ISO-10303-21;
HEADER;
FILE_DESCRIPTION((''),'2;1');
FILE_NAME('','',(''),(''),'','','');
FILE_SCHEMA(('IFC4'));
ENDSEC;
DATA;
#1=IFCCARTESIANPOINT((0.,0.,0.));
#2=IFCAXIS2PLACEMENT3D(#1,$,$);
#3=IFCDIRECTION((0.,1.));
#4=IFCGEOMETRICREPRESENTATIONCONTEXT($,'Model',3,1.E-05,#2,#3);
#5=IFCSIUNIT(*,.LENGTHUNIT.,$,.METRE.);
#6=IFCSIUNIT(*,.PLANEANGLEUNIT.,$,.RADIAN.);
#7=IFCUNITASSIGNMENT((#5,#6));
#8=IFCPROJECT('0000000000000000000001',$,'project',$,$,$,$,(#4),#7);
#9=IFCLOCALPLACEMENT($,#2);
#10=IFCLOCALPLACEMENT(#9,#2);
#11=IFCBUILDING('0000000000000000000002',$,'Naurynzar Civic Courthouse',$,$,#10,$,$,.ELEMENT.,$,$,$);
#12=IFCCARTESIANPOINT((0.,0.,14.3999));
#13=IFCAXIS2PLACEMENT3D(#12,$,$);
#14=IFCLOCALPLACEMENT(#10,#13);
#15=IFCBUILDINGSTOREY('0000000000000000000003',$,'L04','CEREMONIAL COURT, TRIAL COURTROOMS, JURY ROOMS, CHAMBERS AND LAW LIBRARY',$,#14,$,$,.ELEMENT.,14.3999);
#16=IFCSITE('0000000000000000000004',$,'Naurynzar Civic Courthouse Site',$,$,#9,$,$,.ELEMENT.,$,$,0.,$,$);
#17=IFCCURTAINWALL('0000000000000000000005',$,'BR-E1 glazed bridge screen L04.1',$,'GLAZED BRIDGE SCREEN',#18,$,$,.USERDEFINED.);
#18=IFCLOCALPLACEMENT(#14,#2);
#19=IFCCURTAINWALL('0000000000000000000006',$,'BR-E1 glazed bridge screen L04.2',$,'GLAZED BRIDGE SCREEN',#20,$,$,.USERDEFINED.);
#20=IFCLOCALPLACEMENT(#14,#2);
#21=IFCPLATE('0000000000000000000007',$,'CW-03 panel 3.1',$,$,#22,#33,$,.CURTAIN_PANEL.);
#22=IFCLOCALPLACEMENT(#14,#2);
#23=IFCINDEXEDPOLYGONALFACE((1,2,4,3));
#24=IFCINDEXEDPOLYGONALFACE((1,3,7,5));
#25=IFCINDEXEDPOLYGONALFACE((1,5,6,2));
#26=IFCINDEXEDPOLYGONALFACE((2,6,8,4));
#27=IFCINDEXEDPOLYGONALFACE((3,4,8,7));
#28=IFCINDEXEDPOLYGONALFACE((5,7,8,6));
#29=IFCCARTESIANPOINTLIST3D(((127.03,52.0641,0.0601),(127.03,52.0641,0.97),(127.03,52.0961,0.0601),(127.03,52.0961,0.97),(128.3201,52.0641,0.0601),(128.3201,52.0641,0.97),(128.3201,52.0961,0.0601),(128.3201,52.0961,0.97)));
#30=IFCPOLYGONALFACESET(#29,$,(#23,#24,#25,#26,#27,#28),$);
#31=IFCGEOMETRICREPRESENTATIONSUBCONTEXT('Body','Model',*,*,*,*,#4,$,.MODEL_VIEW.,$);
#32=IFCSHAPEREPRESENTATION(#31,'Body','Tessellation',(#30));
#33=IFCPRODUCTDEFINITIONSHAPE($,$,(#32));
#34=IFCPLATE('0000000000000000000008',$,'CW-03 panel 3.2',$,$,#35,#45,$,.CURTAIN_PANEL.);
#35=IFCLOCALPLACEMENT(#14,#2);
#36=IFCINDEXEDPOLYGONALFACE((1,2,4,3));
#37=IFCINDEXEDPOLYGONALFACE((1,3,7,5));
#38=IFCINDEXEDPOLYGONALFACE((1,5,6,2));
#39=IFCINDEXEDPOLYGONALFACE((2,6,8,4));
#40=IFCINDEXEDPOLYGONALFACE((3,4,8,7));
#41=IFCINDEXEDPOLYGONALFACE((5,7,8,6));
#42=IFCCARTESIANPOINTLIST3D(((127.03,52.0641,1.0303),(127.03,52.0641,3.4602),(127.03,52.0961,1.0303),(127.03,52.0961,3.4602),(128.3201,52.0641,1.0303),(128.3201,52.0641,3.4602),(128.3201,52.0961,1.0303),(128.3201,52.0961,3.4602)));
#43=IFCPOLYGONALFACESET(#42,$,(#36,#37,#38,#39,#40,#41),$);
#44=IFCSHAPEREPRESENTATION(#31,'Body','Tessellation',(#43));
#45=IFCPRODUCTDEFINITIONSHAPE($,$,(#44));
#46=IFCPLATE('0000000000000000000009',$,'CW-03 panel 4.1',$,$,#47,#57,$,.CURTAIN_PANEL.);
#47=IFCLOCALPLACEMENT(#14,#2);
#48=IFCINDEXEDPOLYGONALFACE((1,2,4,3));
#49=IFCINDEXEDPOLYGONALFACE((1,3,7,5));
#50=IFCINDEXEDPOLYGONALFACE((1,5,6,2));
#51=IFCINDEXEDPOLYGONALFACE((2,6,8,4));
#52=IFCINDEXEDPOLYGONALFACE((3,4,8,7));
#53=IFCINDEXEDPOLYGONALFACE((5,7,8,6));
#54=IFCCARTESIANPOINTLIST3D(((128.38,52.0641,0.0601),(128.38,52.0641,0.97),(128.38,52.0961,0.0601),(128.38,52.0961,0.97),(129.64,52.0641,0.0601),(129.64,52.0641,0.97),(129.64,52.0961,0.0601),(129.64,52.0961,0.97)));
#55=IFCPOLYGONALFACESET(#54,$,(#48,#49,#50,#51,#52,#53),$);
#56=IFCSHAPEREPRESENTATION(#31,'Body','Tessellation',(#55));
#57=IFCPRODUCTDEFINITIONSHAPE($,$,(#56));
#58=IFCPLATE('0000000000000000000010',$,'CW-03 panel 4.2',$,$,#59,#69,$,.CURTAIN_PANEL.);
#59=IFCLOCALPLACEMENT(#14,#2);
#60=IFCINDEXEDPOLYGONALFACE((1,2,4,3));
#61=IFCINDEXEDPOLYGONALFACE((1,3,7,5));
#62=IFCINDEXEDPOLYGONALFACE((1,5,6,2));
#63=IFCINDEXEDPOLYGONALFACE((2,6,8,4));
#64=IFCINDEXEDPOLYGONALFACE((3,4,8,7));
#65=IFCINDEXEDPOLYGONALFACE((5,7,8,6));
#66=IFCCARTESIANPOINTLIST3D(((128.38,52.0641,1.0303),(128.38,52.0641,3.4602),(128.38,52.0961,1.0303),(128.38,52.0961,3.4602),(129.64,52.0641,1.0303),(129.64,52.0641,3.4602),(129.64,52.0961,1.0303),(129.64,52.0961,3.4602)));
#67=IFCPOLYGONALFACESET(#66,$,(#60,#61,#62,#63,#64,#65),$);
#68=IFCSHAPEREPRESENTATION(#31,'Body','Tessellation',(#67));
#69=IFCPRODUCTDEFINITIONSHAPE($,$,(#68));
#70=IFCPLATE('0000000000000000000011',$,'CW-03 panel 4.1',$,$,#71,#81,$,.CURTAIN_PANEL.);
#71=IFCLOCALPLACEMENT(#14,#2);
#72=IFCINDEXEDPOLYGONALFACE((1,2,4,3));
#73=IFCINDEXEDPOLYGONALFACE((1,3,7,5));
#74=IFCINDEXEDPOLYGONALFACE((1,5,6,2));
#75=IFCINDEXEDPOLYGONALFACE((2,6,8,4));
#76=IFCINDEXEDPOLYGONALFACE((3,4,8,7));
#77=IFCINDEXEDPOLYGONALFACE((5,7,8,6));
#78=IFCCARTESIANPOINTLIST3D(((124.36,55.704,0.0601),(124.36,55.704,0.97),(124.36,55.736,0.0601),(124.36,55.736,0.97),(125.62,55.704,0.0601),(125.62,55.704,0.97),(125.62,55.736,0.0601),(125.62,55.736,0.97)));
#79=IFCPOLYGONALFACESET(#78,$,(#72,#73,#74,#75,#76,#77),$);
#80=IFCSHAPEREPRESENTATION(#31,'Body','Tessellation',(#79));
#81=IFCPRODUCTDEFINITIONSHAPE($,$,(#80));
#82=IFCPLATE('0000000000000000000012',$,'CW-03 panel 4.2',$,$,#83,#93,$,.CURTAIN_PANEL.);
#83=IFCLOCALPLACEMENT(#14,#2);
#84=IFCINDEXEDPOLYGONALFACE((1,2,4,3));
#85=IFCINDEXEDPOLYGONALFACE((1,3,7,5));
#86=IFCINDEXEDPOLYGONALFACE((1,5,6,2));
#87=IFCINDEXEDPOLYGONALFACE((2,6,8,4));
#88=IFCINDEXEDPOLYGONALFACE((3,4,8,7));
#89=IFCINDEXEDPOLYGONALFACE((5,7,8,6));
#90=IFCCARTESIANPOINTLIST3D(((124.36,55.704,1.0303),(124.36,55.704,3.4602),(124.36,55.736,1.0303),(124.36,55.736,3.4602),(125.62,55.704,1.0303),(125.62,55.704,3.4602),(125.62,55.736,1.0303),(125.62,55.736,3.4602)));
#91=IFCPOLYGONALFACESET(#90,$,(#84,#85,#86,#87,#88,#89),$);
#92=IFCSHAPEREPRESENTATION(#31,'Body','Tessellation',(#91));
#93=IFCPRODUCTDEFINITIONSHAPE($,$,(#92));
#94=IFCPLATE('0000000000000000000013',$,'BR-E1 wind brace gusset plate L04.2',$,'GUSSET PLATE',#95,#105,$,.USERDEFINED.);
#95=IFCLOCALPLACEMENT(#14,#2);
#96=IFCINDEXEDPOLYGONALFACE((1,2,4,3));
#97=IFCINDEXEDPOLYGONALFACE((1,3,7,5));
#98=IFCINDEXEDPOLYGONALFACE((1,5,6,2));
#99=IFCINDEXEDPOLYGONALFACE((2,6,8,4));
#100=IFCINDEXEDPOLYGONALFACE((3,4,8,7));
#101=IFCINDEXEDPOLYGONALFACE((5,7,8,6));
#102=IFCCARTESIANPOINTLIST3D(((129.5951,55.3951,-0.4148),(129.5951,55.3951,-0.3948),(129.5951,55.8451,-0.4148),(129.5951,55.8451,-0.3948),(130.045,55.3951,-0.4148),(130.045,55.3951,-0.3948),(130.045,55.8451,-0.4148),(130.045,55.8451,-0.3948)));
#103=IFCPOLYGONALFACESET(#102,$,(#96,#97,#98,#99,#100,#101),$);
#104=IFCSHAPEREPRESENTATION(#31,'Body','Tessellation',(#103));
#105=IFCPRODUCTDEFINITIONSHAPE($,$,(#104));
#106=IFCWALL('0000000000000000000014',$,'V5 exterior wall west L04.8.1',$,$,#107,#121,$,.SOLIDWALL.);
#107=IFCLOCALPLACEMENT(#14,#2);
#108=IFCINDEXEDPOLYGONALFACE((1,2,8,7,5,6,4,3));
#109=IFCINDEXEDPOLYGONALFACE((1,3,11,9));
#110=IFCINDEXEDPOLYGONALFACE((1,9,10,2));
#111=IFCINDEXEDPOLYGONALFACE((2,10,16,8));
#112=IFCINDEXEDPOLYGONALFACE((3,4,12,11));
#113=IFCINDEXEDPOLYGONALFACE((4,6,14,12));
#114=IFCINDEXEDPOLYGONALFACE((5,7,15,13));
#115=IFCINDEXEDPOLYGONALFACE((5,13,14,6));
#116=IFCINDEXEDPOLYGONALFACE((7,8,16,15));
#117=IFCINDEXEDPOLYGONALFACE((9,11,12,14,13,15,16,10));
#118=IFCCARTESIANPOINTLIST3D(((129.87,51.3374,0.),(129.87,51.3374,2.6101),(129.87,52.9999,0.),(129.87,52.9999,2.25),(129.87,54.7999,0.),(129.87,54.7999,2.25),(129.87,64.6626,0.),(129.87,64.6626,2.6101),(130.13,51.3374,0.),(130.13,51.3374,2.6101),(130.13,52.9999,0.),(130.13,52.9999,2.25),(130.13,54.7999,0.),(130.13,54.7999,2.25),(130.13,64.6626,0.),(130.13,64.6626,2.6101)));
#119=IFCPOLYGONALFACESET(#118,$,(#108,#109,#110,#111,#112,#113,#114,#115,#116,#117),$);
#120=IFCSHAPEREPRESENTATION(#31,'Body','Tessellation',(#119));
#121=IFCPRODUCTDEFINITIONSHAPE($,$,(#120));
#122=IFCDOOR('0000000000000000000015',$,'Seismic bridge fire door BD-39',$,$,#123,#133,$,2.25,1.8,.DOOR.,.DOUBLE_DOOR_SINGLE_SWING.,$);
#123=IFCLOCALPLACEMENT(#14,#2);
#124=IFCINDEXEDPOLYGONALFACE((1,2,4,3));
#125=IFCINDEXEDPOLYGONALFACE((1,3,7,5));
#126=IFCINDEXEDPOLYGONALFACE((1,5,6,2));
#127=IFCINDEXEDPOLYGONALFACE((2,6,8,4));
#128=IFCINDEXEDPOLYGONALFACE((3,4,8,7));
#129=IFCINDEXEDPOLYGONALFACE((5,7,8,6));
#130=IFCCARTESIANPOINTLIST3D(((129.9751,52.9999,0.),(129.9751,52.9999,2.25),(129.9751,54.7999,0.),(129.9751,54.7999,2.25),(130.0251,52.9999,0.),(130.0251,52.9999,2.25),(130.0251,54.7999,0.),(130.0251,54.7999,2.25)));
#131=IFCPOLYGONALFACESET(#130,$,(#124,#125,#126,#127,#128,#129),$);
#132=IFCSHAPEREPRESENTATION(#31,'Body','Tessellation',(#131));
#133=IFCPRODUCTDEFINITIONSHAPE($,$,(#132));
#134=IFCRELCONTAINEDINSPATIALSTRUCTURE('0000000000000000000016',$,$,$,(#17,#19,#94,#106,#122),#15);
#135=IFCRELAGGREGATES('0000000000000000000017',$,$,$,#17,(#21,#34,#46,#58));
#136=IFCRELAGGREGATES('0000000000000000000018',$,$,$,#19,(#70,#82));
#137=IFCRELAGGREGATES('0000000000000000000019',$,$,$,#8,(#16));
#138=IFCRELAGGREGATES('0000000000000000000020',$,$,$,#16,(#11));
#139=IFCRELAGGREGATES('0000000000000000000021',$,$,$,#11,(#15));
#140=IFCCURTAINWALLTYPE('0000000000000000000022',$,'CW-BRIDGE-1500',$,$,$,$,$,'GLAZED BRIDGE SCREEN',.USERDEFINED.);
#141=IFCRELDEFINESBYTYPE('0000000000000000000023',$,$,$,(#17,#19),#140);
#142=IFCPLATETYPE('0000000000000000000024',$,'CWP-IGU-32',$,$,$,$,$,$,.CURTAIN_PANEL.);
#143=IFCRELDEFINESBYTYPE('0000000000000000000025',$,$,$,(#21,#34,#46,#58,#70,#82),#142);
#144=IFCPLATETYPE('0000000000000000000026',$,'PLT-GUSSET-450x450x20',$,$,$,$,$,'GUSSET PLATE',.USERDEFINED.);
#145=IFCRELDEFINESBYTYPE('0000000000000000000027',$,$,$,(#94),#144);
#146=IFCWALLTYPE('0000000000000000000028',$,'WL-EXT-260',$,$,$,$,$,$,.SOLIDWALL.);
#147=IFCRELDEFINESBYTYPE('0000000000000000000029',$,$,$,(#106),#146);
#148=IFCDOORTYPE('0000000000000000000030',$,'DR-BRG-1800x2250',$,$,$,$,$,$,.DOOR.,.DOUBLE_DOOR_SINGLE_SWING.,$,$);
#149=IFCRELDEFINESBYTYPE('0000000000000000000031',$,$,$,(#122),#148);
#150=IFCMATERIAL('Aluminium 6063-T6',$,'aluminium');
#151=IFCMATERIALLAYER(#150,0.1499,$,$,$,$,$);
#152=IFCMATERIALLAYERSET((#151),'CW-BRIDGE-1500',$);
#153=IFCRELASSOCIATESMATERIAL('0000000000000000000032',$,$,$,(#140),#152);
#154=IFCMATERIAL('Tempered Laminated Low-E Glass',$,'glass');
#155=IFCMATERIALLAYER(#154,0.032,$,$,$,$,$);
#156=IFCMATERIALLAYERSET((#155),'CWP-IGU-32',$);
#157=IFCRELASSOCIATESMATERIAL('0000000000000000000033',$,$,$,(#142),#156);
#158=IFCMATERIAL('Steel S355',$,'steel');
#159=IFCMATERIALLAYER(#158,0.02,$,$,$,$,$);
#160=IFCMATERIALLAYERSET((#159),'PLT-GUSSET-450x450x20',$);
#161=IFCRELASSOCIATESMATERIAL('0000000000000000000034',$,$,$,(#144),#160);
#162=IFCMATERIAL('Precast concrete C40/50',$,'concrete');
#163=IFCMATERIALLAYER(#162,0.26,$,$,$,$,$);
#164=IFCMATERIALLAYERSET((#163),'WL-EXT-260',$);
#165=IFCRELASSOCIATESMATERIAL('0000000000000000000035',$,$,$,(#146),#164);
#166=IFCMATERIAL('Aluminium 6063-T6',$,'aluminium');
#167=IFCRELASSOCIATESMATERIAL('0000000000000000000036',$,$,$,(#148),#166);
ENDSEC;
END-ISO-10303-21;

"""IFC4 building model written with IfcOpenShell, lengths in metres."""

from ifc_helpers import new_model, si_unit, direction, frame, frame_2d, origin, origin_2d, place, context, subcontext, project, spatial, rectangle, extrude, material, layer, layer_set, type_object, element, fill, aggregate, save


model = new_model("IFC4")

# Units and contexts
model_context = context("Model", 3, precision=1e-05, world=origin(), true_north=direction((0.0, 1.0)))
body_context = subcontext(model_context, "Body", "Model", "MODEL_VIEW")
ifc_project = project(units=[si_unit("LENGTHUNIT", "METRE"), si_unit("PLANEANGLEUNIT", "RADIAN")], contexts=[model_context])

# Site, building, storey
site_placement = place(None, origin())
site = spatial("IfcSite", under=ifc_project, at=site_placement, Name="Naurynzar Civic Courthouse Site", CompositionType="ELEMENT", RefElevation=0.0)
building_placement = place(site_placement, origin())
building = spatial("IfcBuilding", under=site, at=building_placement, Name="Naurynzar Civic Courthouse", CompositionType="ELEMENT")
storey_placement = place(building_placement, frame((0.0, 0.0, 14.3999)))
storey = spatial("IfcBuildingStorey", under=building, at=storey_placement, Name="L04", Description="CEREMONIAL COURT, TRIAL COURTROOMS, JURY ROOMS, CHAMBERS AND LAW LIBRARY", CompositionType="ELEMENT", Elevation=14.3999)

# Curtain walls
ifc_material_1 = material(Name="Aluminium 6063-T6", Category="aluminium")
ifc_layer_1 = layer(ifc_material_1, 0.1499)
ifc_layer_set_1 = layer_set([ifc_layer_1], Name="CW-BRIDGE-1500")
curtain_wall_type = type_object("IfcCurtainWallType", Name="CW-BRIDGE-1500", ElementType="GLAZED BRIDGE SCREEN", PredefinedType="USERDEFINED", material=ifc_layer_set_1)
curtain_wall_1_placement = place(storey_placement, origin())
curtain_wall_1 = element("IfcCurtainWall", 1, at=curtain_wall_1_placement, inside=storey, type_object=curtain_wall_type, Name="BR-E1 glazed bridge screen L04.1", ObjectType="GLAZED BRIDGE SCREEN", PredefinedType="USERDEFINED")
curtain_wall_2_placement = place(storey_placement, origin())
curtain_wall_2 = element("IfcCurtainWall", 2, at=curtain_wall_2_placement, inside=storey, type_object=curtain_wall_type, Name="BR-E1 glazed bridge screen L04.2", ObjectType="GLAZED BRIDGE SCREEN", PredefinedType="USERDEFINED")

# Plates
ifc_material_2 = material(Name="Tempered Laminated Low-E Glass", Category="glass")
ifc_layer_2 = layer(ifc_material_2, 0.032)
ifc_layer_set_2 = layer_set([ifc_layer_2], Name="CWP-IGU-32")
plate_type_1 = type_object("IfcPlateType", Name="CWP-IGU-32", PredefinedType="CURTAIN_PANEL", material=ifc_layer_set_2)
plate_1_placement = place(storey_placement, frame((127.675, 52.0801, 0.0601), z_axis=(0.0, 0.0, 1.0), x_axis=(1.0, 0.0, 0.0)))
plate_1 = element("IfcPlate", 3, at=plate_1_placement, type_object=plate_type_1, Name="CW-03 panel 3.1", PredefinedType="CURTAIN_PANEL", context=body_context, shape_type="SweptSolid", body=[
    extrude(rectangle(XDim=1.29, YDim=0.032, at=origin_2d()), origin(), (0.0, 0.0, 1.0), 0.9099),
])
plate_2_placement = place(storey_placement, frame((127.675, 52.0801, 1.0303), z_axis=(0.0, 0.0, 1.0), x_axis=(1.0, 0.0, 0.0)))
plate_2 = element("IfcPlate", 4, at=plate_2_placement, type_object=plate_type_1, Name="CW-03 panel 3.2", PredefinedType="CURTAIN_PANEL", context=body_context, shape_type="SweptSolid", body=[
    extrude(rectangle(XDim=1.29, YDim=0.032, at=origin_2d()), origin(), (0.0, 0.0, 1.0), 2.4299),
])
plate_3_placement = place(storey_placement, frame((129.01, 52.0801, 0.0601), z_axis=(0.0, 0.0, 1.0), x_axis=(1.0, 0.0, 0.0)))
plate_3 = element("IfcPlate", 5, at=plate_3_placement, type_object=plate_type_1, Name="CW-03 panel 4.1", PredefinedType="CURTAIN_PANEL", context=body_context, shape_type="SweptSolid", body=[
    extrude(rectangle(XDim=1.26, YDim=0.032, at=origin_2d()), origin(), (0.0, 0.0, 1.0), 0.9099),
])
plate_4_placement = place(storey_placement, frame((129.01, 52.0801, 1.0303), z_axis=(0.0, 0.0, 1.0), x_axis=(1.0, 0.0, 0.0)))
plate_4 = element("IfcPlate", 6, at=plate_4_placement, type_object=plate_type_1, Name="CW-03 panel 4.2", PredefinedType="CURTAIN_PANEL", context=body_context, shape_type="SweptSolid", body=[
    extrude(rectangle(XDim=1.26, YDim=0.032, at=origin_2d()), origin(), (0.0, 0.0, 1.0), 2.4299),
])
aggregate(curtain_wall_1, [plate_1, plate_2, plate_3, plate_4])
plate_5_placement = place(storey_placement, frame((124.99, 55.72, 0.0601), z_axis=(0.0, 0.0, 1.0), x_axis=(-1.0, 0.0, 0.0)))
plate_5 = element("IfcPlate", 7, at=plate_5_placement, type_object=plate_type_1, Name="CW-03 panel 4.1", PredefinedType="CURTAIN_PANEL", context=body_context, shape_type="SweptSolid", body=[
    extrude(rectangle(XDim=1.26, YDim=0.032, at=origin_2d()), origin(), (0.0, 0.0, 1.0), 0.9099),
])
plate_6_placement = place(storey_placement, frame((124.99, 55.72, 1.0303), z_axis=(0.0, 0.0, 1.0), x_axis=(-1.0, 0.0, 0.0)))
plate_6 = element("IfcPlate", 8, at=plate_6_placement, type_object=plate_type_1, Name="CW-03 panel 4.2", PredefinedType="CURTAIN_PANEL", context=body_context, shape_type="SweptSolid", body=[
    extrude(rectangle(XDim=1.26, YDim=0.032, at=origin_2d()), origin(), (0.0, 0.0, 1.0), 2.4299),
])
aggregate(curtain_wall_2, [plate_5, plate_6])
ifc_material_3 = material(Name="Steel S355", Category="steel")
ifc_layer_3 = layer(ifc_material_3, 0.02)
ifc_layer_set_3 = layer_set([ifc_layer_3], Name="PLT-GUSSET-450x450x20")
plate_type_2 = type_object("IfcPlateType", Name="PLT-GUSSET-450x450x20", ElementType="GUSSET PLATE", PredefinedType="USERDEFINED", material=ifc_layer_set_3)
plate_7_placement = place(storey_placement, frame((129.8201, 55.6201, -0.4148), z_axis=(0.0, 0.0, 1.0), x_axis=(1.0, 0.0, 0.0)))
element("IfcPlate", 9, at=plate_7_placement, inside=storey, type_object=plate_type_2, Name="BR-E1 wind brace gusset plate L04.2", ObjectType="GUSSET PLATE", PredefinedType="USERDEFINED", context=body_context, shape_type="SweptSolid", body=[
    extrude(rectangle(XDim=0.45, YDim=0.45, at=origin_2d()), origin(), (0.0, 0.0, 1.0), 0.02),
])

# Wall, opening, door
ifc_material_4 = material(Name="Precast concrete C40/50", Category="concrete")
ifc_layer_4 = layer(ifc_material_4, 0.26)
ifc_layer_set_4 = layer_set([ifc_layer_4], Name="WL-EXT-260")
wall_type = type_object("IfcWallType", Name="WL-EXT-260", PredefinedType="SOLIDWALL", material=ifc_layer_set_4)
wall_placement = place(storey_placement, frame((130.0, 51.3374, 0.0), z_axis=(0.0, 0.0, 1.0), x_axis=(0.0, 1.0, 0.0)))
wall = element("IfcWall", 10, at=wall_placement, inside=storey, type_object=wall_type, Name="V5 exterior wall west L04.8.1", PredefinedType="SOLIDWALL", context=body_context, shape_type="SweptSolid", body=[
    extrude(rectangle(XDim=13.3252, YDim=0.26, at=frame_2d((6.6626, 0.0))), origin(), (0.0, 0.0, 1.0), 2.6101),
])
opening_placement = place(wall_placement, frame((1.6626, 0.0, 0.0)))
opening = element("IfcOpeningElement", 11, at=opening_placement, cuts=wall, PredefinedType="OPENING", context=body_context, shape_type="SweptSolid", body=[
    extrude(rectangle(XDim=1.8, YDim=2.25, at=frame_2d((0.8999, 1.125))), frame((0.0, 0.1399, 0.0), z_axis=(0.0, -1.0, 0.0), x_axis=(1.0, 0.0, 0.0)), (0.0, 0.0, 1.0), 0.28),
])
ifc_material_5 = material(Name="Aluminium 6063-T6", Category="aluminium")
door_type = type_object("IfcDoorType", Name="DR-BRG-1800x2250", OperationType="DOUBLE_DOOR_SINGLE_SWING", PredefinedType="DOOR", material=ifc_material_5)
door_placement = place(opening_placement, origin())
door = element("IfcDoor", 12, at=door_placement, inside=storey, type_object=door_type, Name="Seismic bridge fire door BD-39", OperationType="DOUBLE_DOOR_SINGLE_SWING", OverallHeight=2.25, OverallWidth=1.8, PredefinedType="DOOR", context=body_context, shape_type="SweptSolid", body=[
    extrude(rectangle(XDim=1.8, YDim=2.25, at=frame_2d((0.8999, 1.125))), frame((0.0, 0.0249, 0.0), z_axis=(0.0, -1.0, 0.0), x_axis=(1.0, 0.0, 0.0)), (0.0, 0.0, 1.0), 0.05),
])
fill(opening, door)

save(model, "model.ifc")
